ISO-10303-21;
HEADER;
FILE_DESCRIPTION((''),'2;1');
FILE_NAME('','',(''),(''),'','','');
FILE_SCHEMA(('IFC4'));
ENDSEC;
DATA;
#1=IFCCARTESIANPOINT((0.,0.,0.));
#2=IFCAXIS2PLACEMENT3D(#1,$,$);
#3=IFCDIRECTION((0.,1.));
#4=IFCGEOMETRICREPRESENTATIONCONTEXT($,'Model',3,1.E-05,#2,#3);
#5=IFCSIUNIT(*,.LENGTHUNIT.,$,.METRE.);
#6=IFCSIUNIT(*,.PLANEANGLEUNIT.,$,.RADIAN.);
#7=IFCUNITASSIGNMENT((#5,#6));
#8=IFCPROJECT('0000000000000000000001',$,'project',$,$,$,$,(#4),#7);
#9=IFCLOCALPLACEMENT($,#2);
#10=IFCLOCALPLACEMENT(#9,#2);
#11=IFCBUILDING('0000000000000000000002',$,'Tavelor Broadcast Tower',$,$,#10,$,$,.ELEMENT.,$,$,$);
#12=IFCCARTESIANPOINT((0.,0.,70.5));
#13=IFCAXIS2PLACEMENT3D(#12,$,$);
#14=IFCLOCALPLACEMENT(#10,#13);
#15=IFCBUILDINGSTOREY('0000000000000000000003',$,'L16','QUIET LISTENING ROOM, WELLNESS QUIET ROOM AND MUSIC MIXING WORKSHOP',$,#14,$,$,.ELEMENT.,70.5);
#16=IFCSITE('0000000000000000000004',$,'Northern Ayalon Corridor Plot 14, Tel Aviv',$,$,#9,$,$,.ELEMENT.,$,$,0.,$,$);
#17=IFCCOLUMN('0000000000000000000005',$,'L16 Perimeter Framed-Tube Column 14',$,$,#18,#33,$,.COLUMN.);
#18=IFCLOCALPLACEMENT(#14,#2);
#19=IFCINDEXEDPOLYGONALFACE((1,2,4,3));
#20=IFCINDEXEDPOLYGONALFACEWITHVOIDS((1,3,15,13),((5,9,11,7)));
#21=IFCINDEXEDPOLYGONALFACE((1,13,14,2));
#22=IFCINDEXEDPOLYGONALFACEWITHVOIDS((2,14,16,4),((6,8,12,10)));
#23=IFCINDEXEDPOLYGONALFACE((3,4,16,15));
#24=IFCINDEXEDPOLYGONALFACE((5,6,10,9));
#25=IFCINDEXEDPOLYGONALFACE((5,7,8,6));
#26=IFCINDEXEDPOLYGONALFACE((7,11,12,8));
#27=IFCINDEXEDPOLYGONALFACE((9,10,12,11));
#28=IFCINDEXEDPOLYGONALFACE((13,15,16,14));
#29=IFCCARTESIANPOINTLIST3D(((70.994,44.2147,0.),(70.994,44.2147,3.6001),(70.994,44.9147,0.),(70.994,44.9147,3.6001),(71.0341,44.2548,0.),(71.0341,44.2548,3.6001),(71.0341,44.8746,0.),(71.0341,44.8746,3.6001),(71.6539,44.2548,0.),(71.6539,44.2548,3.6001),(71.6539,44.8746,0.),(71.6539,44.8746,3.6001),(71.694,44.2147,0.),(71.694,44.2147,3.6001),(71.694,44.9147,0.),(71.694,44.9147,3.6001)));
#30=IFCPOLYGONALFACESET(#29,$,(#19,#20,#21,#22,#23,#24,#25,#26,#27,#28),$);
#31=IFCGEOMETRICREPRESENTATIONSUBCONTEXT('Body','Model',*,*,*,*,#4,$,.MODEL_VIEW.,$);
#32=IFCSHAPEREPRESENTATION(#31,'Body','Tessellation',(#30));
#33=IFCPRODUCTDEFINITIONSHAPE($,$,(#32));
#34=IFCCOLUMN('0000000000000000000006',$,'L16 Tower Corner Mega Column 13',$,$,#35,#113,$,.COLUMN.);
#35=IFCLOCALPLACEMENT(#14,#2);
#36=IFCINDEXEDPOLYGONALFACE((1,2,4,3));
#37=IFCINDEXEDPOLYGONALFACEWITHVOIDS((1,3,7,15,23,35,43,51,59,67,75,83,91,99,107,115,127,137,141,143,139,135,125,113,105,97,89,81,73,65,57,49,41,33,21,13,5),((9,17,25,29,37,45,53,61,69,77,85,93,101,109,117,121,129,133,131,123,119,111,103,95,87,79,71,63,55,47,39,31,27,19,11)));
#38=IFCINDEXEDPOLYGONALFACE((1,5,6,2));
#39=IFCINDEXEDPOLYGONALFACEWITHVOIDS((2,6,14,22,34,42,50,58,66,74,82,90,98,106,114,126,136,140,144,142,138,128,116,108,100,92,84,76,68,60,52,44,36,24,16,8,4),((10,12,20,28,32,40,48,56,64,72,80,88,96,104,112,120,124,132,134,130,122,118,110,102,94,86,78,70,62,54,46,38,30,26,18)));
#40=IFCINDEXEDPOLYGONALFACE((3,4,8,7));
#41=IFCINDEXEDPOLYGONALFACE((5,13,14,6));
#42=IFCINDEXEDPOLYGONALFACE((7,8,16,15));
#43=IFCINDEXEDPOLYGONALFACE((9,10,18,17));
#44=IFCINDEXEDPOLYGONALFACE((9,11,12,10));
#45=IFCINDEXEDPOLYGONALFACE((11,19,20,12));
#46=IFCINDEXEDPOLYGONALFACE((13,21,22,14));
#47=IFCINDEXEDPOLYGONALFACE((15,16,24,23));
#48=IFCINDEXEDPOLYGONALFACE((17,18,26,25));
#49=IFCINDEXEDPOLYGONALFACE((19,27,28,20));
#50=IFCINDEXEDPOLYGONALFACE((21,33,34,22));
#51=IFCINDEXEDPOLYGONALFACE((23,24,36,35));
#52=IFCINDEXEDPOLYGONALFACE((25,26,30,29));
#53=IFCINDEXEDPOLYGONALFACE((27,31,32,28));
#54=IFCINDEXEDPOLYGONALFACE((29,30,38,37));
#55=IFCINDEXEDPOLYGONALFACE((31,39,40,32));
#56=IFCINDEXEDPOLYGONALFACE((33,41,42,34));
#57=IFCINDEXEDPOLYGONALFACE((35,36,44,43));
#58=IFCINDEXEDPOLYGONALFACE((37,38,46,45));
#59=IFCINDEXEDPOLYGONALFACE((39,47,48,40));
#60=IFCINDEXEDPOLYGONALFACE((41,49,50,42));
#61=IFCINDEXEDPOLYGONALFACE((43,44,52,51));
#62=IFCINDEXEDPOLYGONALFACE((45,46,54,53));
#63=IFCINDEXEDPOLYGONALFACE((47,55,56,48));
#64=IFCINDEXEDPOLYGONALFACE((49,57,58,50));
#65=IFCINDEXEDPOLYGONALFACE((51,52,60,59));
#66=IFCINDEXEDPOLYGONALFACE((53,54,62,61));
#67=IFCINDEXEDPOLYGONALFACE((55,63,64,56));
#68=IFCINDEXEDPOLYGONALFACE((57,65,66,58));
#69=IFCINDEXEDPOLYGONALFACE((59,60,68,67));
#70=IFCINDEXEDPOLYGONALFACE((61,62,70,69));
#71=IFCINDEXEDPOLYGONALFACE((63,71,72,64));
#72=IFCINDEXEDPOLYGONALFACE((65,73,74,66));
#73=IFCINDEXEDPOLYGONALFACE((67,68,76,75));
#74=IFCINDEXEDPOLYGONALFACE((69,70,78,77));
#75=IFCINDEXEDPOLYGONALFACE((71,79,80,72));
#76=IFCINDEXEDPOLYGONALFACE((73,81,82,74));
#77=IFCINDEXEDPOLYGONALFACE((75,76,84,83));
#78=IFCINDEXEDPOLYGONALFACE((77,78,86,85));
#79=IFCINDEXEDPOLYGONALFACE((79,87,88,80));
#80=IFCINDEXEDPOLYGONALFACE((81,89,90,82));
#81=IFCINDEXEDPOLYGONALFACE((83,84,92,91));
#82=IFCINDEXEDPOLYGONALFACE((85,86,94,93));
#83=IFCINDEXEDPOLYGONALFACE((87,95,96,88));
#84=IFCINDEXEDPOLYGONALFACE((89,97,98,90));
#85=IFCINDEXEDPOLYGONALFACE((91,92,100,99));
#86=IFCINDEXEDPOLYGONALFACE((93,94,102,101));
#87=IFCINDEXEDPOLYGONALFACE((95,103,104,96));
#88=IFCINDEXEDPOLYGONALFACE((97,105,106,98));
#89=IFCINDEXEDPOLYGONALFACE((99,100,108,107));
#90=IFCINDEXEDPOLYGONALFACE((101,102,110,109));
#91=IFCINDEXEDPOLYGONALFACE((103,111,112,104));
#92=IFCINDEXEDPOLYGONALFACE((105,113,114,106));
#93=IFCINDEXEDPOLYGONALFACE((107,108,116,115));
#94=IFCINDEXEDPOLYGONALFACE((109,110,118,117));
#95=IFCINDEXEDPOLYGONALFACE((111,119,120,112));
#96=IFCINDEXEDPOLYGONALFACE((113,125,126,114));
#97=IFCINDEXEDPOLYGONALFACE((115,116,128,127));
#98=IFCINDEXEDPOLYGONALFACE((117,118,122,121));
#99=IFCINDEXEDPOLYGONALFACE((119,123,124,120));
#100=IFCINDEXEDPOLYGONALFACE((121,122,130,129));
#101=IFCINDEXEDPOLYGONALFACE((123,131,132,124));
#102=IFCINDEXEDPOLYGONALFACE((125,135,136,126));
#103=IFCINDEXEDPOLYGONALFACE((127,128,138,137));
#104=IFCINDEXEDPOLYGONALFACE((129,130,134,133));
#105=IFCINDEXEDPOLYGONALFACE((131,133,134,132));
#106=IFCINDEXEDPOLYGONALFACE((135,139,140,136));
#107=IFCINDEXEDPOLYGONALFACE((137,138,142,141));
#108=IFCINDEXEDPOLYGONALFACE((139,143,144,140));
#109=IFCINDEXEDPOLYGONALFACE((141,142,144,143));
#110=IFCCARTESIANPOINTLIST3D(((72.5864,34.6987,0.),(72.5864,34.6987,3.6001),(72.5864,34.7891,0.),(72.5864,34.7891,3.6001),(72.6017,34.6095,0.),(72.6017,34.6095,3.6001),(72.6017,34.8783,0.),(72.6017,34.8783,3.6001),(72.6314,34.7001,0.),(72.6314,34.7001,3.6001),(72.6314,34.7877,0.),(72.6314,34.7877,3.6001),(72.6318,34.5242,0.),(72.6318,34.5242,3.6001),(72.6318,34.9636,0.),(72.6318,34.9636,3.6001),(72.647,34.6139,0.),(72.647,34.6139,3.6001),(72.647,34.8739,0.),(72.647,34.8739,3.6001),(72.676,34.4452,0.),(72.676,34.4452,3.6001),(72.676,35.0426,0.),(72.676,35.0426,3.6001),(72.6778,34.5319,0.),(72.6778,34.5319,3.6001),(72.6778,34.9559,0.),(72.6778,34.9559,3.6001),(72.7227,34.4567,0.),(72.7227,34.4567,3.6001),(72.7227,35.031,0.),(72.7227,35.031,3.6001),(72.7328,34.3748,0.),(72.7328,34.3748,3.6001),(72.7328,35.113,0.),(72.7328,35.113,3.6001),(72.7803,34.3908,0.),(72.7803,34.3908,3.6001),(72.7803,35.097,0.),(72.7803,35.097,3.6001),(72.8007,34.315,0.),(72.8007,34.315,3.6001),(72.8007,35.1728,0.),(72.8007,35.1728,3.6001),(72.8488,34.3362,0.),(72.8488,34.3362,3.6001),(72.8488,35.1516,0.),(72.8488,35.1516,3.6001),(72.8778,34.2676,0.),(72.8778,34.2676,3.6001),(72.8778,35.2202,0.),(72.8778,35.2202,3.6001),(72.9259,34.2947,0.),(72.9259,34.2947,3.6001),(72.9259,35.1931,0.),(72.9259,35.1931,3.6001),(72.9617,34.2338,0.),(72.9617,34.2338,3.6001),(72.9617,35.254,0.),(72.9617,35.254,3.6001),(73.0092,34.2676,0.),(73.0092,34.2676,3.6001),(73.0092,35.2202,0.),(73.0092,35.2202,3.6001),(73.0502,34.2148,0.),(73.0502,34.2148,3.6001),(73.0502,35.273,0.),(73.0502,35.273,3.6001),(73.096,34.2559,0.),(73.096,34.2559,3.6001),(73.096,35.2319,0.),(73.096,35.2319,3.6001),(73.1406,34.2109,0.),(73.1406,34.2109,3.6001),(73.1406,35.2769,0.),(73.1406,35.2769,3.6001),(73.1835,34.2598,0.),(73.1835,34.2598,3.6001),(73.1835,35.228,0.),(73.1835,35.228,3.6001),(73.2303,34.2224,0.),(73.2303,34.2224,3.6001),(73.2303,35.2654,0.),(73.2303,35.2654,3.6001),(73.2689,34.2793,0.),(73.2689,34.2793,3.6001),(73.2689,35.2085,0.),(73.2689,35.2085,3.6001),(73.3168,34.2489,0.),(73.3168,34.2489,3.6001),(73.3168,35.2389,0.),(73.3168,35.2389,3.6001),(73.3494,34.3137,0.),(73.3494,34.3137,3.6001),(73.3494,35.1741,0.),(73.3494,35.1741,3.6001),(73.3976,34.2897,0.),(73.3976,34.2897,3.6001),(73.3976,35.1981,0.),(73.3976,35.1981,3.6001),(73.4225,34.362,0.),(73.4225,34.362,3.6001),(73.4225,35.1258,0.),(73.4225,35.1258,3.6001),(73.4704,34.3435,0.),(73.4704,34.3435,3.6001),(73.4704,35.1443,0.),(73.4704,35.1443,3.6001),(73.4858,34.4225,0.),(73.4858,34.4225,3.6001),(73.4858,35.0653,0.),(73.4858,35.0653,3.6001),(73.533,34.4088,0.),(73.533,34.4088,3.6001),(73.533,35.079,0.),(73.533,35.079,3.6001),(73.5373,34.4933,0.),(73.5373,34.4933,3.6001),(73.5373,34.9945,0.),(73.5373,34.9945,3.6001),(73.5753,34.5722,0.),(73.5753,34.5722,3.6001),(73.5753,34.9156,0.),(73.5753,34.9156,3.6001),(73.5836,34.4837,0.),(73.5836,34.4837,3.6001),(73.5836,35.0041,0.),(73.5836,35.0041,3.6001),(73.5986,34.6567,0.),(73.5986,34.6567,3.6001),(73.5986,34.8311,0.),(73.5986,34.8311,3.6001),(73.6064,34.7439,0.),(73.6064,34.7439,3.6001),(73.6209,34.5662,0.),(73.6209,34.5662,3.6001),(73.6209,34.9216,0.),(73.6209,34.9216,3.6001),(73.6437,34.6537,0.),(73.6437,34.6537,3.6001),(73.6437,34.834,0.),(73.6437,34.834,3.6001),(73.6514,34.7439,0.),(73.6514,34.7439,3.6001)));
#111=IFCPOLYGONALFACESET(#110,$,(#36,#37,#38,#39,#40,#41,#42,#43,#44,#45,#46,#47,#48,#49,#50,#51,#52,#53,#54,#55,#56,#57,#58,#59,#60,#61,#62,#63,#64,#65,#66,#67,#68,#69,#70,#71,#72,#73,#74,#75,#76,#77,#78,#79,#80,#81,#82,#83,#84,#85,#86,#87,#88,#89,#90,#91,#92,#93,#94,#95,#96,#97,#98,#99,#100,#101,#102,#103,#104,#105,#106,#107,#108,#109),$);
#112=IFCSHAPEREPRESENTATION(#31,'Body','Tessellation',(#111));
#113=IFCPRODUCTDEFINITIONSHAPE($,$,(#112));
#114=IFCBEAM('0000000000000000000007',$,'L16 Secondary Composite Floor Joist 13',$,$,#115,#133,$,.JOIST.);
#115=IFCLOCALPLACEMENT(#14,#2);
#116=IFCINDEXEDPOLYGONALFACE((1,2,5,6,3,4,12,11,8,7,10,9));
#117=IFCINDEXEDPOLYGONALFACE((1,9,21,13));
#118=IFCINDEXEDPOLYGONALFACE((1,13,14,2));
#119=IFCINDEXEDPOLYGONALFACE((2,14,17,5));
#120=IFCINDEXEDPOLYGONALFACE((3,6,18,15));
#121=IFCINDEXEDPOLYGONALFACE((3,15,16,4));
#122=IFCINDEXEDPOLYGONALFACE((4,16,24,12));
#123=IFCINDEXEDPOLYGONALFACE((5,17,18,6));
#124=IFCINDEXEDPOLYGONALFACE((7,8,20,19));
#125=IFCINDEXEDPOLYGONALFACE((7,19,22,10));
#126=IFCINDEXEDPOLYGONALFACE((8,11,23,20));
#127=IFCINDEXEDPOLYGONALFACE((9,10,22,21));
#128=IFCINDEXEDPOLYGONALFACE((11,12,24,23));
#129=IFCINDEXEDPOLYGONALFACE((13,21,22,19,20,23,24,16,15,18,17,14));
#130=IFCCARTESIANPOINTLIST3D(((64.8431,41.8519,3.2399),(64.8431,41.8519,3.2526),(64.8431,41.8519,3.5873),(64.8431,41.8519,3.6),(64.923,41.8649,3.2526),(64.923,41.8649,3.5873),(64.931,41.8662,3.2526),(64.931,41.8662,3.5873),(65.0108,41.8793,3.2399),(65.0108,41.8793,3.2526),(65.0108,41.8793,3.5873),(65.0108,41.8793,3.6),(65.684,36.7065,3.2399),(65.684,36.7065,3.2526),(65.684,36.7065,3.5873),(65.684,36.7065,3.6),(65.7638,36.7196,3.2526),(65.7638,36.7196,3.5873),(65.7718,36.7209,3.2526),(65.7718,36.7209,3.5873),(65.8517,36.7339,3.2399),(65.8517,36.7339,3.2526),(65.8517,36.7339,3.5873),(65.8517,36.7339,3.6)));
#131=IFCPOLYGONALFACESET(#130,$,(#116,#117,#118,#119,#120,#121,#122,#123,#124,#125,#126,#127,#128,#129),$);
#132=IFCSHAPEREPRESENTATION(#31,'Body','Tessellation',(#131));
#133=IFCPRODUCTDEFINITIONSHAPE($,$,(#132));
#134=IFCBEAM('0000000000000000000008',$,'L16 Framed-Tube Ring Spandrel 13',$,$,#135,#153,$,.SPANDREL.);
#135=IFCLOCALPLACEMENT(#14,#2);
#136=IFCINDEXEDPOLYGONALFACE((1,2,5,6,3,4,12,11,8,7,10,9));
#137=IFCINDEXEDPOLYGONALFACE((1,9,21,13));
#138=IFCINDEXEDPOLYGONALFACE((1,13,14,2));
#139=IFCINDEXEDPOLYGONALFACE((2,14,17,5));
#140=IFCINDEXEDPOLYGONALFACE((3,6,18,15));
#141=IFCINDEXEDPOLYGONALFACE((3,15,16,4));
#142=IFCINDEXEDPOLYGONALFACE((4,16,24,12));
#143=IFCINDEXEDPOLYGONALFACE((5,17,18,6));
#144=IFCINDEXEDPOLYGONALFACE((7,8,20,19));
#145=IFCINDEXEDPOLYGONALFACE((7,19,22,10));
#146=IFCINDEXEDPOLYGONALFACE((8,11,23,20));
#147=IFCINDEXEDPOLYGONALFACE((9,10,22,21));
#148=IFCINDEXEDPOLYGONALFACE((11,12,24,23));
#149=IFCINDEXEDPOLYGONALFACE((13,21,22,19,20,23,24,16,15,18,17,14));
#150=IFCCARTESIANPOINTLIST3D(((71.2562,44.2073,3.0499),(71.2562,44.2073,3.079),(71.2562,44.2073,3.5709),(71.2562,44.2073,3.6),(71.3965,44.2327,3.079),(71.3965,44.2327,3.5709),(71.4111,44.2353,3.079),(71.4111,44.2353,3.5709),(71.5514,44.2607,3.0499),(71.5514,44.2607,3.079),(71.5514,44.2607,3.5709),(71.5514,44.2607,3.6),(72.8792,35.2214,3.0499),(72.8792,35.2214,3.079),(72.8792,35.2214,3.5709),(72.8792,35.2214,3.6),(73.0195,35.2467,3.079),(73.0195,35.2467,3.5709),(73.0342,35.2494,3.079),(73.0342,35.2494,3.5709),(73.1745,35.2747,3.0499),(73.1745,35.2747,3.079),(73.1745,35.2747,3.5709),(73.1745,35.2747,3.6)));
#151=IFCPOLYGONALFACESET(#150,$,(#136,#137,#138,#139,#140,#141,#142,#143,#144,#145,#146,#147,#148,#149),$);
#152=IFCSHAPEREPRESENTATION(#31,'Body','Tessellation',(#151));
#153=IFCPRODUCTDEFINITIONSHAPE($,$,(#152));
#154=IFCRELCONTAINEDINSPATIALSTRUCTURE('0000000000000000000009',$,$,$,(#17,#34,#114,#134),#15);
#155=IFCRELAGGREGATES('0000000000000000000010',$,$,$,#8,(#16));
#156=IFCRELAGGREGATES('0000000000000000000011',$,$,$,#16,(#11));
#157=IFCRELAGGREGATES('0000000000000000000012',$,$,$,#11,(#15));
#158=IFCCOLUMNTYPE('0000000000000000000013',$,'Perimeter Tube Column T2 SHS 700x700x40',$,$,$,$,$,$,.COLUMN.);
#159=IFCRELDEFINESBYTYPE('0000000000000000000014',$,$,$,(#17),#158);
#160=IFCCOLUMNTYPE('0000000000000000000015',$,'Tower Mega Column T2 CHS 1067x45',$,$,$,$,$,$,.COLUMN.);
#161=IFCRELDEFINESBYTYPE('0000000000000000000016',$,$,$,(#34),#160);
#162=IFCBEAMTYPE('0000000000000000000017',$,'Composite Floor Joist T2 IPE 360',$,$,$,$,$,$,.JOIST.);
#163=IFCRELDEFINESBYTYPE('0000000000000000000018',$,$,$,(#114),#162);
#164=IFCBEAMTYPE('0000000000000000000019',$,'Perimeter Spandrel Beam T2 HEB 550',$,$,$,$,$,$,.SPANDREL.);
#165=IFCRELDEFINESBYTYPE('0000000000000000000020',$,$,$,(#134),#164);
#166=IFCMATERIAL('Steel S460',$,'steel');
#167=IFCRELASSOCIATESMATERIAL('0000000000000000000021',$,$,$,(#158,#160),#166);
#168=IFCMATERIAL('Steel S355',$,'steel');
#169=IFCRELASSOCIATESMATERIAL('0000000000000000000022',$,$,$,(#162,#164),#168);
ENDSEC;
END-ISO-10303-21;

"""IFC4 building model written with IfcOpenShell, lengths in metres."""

from ifc_helpers import new_model, si_unit, direction, frame, origin, origin_2d, place, context, subcontext, project, spatial, hollow_rectangle, hollow_circle, i_section, extrude, material, material_profile, profile_set, type_object, element, save


model = new_model("IFC4")

# Units and contexts
model_context = context("Model", 3, precision=1e-05, world=origin(), true_north=direction((0.0, 1.0)))
body_context = subcontext(model_context, "Body", "Model", "MODEL_VIEW")
ifc_project = project(units=[si_unit("LENGTHUNIT", "METRE"), si_unit("PLANEANGLEUNIT", "RADIAN")], contexts=[model_context])

# Site, building, storey
site_placement = place(None, origin())
site = spatial("IfcSite", under=ifc_project, at=site_placement, Name="Northern Ayalon Corridor Plot 14, Tel Aviv", CompositionType="ELEMENT", RefElevation=0.0)
building_placement = place(site_placement, origin())
building = spatial("IfcBuilding", under=site, at=building_placement, Name="Tavelor Broadcast Tower", CompositionType="ELEMENT")
storey_placement = place(building_placement, frame((0.0, 0.0, 70.5)))
storey = spatial("IfcBuildingStorey", under=building, at=storey_placement, Name="L16", Description="QUIET LISTENING ROOM, WELLNESS QUIET ROOM AND MUSIC MIXING WORKSHOP", CompositionType="ELEMENT", Elevation=70.5)

# Columns
ifc_material_1 = material(Name="Steel S460", Category="steel")
ifc_material_profile_1 = material_profile(ifc_material_1, hollow_rectangle(XDim=0.7, YDim=0.7, WallThickness=0.04, at=origin_2d()), Name="SHS 700x700x40")
ifc_profile_set_1 = profile_set([ifc_material_profile_1], Name="Steel S460")
column_type_1 = type_object("IfcColumnType", Name="Perimeter Tube Column T2 SHS 700x700x40", PredefinedType="COLUMN", material=ifc_profile_set_1)
column_1_placement = place(storey_placement, frame((71.344, 44.5647, 0.0), z_axis=(0.0, 0.0, 1.0), x_axis=(1.0, 0.0, 0.0)))
element("IfcColumn", 1, at=column_1_placement, inside=storey, type_object=column_type_1, Name="L16 Perimeter Framed-Tube Column 14", PredefinedType="COLUMN", context=body_context, shape_type="SweptSolid", body=[
    extrude(hollow_rectangle(XDim=0.7, YDim=0.7, WallThickness=0.04, at=origin_2d()), origin(), (0.0, 0.0, 1.0), 3.6001),
])
ifc_material_profile_2 = material_profile(ifc_material_1, hollow_circle(Radius=0.5334, WallThickness=0.0449, at=origin_2d()), Name="CHS 1067x45")
ifc_profile_set_2 = profile_set([ifc_material_profile_2], Name="Steel S460")
column_type_2 = type_object("IfcColumnType", Name="Tower Mega Column T2 CHS 1067x45", PredefinedType="COLUMN", material=ifc_profile_set_2)
column_2_placement = place(storey_placement, frame((73.1179, 34.7439, 0.0), z_axis=(0.0, 0.0, 1.0), x_axis=(1.0, 0.0, 0.0)))
element("IfcColumn", 2, at=column_2_placement, inside=storey, type_object=column_type_2, Name="L16 Tower Corner Mega Column 13", PredefinedType="COLUMN", context=body_context, shape_type="SweptSolid", body=[
    extrude(hollow_circle(Radius=0.5334, WallThickness=0.0449, at=origin_2d()), origin(), (0.0, 0.0, 1.0), 3.6001),
])

# Beams
ifc_material_2 = material(Name="Steel S355", Category="steel")
ifc_material_profile_3 = material_profile(ifc_material_2, i_section(OverallWidth=0.1699, OverallDepth=0.3601, WebThickness=0.0081, FlangeThickness=0.0127, at=origin_2d()), Name="IPE 360")
ifc_profile_set_3 = profile_set([ifc_material_profile_3], Name="Steel S355")
beam_type_1 = type_object("IfcBeamType", Name="Composite Floor Joist T2 IPE 360", PredefinedType="JOIST", material=ifc_profile_set_3)
beam_1_placement = place(storey_placement, frame((65.7678, 36.7202, 3.4199), z_axis=(-0.161277, 0.986909, 0.0), x_axis=(-0.986909, -0.161277, 0.0)))
element("IfcBeam", 3, at=beam_1_placement, inside=storey, type_object=beam_type_1, Name="L16 Secondary Composite Floor Joist 13", PredefinedType="JOIST", context=body_context, shape_type="SweptSolid", body=[
    extrude(i_section(OverallWidth=0.1699, OverallDepth=0.3601, WebThickness=0.0081, FlangeThickness=0.0127, at=origin_2d()), origin(), (0.0, 0.0, 1.0), 5.2136),
])
ifc_material_profile_4 = material_profile(ifc_material_2, i_section(OverallWidth=0.3, OverallDepth=0.55, WebThickness=0.0149, FlangeThickness=0.0291, at=origin_2d()), Name="HEB 550")
ifc_profile_set_4 = profile_set([ifc_material_profile_4], Name="Steel S355")
beam_type_2 = type_object("IfcBeamType", Name="Perimeter Spandrel Beam T2 HEB 550", PredefinedType="SPANDREL", material=ifc_profile_set_4)
beam_2_placement = place(storey_placement, frame((73.0269, 35.248, 3.325), z_axis=(-0.177747, 0.984076, 0.0), x_axis=(-0.984076, -0.177747, 0.0)))
element("IfcBeam", 4, at=beam_2_placement, inside=storey, type_object=beam_type_2, Name="L16 Framed-Tube Ring Spandrel 13", PredefinedType="SPANDREL", context=body_context, shape_type="SweptSolid", body=[
    extrude(i_section(OverallWidth=0.3, OverallDepth=0.55, WebThickness=0.0149, FlangeThickness=0.0291, at=origin_2d()), origin(), (0.0, 0.0, 1.0), 9.1313),
])

save(model, "model.ifc")
